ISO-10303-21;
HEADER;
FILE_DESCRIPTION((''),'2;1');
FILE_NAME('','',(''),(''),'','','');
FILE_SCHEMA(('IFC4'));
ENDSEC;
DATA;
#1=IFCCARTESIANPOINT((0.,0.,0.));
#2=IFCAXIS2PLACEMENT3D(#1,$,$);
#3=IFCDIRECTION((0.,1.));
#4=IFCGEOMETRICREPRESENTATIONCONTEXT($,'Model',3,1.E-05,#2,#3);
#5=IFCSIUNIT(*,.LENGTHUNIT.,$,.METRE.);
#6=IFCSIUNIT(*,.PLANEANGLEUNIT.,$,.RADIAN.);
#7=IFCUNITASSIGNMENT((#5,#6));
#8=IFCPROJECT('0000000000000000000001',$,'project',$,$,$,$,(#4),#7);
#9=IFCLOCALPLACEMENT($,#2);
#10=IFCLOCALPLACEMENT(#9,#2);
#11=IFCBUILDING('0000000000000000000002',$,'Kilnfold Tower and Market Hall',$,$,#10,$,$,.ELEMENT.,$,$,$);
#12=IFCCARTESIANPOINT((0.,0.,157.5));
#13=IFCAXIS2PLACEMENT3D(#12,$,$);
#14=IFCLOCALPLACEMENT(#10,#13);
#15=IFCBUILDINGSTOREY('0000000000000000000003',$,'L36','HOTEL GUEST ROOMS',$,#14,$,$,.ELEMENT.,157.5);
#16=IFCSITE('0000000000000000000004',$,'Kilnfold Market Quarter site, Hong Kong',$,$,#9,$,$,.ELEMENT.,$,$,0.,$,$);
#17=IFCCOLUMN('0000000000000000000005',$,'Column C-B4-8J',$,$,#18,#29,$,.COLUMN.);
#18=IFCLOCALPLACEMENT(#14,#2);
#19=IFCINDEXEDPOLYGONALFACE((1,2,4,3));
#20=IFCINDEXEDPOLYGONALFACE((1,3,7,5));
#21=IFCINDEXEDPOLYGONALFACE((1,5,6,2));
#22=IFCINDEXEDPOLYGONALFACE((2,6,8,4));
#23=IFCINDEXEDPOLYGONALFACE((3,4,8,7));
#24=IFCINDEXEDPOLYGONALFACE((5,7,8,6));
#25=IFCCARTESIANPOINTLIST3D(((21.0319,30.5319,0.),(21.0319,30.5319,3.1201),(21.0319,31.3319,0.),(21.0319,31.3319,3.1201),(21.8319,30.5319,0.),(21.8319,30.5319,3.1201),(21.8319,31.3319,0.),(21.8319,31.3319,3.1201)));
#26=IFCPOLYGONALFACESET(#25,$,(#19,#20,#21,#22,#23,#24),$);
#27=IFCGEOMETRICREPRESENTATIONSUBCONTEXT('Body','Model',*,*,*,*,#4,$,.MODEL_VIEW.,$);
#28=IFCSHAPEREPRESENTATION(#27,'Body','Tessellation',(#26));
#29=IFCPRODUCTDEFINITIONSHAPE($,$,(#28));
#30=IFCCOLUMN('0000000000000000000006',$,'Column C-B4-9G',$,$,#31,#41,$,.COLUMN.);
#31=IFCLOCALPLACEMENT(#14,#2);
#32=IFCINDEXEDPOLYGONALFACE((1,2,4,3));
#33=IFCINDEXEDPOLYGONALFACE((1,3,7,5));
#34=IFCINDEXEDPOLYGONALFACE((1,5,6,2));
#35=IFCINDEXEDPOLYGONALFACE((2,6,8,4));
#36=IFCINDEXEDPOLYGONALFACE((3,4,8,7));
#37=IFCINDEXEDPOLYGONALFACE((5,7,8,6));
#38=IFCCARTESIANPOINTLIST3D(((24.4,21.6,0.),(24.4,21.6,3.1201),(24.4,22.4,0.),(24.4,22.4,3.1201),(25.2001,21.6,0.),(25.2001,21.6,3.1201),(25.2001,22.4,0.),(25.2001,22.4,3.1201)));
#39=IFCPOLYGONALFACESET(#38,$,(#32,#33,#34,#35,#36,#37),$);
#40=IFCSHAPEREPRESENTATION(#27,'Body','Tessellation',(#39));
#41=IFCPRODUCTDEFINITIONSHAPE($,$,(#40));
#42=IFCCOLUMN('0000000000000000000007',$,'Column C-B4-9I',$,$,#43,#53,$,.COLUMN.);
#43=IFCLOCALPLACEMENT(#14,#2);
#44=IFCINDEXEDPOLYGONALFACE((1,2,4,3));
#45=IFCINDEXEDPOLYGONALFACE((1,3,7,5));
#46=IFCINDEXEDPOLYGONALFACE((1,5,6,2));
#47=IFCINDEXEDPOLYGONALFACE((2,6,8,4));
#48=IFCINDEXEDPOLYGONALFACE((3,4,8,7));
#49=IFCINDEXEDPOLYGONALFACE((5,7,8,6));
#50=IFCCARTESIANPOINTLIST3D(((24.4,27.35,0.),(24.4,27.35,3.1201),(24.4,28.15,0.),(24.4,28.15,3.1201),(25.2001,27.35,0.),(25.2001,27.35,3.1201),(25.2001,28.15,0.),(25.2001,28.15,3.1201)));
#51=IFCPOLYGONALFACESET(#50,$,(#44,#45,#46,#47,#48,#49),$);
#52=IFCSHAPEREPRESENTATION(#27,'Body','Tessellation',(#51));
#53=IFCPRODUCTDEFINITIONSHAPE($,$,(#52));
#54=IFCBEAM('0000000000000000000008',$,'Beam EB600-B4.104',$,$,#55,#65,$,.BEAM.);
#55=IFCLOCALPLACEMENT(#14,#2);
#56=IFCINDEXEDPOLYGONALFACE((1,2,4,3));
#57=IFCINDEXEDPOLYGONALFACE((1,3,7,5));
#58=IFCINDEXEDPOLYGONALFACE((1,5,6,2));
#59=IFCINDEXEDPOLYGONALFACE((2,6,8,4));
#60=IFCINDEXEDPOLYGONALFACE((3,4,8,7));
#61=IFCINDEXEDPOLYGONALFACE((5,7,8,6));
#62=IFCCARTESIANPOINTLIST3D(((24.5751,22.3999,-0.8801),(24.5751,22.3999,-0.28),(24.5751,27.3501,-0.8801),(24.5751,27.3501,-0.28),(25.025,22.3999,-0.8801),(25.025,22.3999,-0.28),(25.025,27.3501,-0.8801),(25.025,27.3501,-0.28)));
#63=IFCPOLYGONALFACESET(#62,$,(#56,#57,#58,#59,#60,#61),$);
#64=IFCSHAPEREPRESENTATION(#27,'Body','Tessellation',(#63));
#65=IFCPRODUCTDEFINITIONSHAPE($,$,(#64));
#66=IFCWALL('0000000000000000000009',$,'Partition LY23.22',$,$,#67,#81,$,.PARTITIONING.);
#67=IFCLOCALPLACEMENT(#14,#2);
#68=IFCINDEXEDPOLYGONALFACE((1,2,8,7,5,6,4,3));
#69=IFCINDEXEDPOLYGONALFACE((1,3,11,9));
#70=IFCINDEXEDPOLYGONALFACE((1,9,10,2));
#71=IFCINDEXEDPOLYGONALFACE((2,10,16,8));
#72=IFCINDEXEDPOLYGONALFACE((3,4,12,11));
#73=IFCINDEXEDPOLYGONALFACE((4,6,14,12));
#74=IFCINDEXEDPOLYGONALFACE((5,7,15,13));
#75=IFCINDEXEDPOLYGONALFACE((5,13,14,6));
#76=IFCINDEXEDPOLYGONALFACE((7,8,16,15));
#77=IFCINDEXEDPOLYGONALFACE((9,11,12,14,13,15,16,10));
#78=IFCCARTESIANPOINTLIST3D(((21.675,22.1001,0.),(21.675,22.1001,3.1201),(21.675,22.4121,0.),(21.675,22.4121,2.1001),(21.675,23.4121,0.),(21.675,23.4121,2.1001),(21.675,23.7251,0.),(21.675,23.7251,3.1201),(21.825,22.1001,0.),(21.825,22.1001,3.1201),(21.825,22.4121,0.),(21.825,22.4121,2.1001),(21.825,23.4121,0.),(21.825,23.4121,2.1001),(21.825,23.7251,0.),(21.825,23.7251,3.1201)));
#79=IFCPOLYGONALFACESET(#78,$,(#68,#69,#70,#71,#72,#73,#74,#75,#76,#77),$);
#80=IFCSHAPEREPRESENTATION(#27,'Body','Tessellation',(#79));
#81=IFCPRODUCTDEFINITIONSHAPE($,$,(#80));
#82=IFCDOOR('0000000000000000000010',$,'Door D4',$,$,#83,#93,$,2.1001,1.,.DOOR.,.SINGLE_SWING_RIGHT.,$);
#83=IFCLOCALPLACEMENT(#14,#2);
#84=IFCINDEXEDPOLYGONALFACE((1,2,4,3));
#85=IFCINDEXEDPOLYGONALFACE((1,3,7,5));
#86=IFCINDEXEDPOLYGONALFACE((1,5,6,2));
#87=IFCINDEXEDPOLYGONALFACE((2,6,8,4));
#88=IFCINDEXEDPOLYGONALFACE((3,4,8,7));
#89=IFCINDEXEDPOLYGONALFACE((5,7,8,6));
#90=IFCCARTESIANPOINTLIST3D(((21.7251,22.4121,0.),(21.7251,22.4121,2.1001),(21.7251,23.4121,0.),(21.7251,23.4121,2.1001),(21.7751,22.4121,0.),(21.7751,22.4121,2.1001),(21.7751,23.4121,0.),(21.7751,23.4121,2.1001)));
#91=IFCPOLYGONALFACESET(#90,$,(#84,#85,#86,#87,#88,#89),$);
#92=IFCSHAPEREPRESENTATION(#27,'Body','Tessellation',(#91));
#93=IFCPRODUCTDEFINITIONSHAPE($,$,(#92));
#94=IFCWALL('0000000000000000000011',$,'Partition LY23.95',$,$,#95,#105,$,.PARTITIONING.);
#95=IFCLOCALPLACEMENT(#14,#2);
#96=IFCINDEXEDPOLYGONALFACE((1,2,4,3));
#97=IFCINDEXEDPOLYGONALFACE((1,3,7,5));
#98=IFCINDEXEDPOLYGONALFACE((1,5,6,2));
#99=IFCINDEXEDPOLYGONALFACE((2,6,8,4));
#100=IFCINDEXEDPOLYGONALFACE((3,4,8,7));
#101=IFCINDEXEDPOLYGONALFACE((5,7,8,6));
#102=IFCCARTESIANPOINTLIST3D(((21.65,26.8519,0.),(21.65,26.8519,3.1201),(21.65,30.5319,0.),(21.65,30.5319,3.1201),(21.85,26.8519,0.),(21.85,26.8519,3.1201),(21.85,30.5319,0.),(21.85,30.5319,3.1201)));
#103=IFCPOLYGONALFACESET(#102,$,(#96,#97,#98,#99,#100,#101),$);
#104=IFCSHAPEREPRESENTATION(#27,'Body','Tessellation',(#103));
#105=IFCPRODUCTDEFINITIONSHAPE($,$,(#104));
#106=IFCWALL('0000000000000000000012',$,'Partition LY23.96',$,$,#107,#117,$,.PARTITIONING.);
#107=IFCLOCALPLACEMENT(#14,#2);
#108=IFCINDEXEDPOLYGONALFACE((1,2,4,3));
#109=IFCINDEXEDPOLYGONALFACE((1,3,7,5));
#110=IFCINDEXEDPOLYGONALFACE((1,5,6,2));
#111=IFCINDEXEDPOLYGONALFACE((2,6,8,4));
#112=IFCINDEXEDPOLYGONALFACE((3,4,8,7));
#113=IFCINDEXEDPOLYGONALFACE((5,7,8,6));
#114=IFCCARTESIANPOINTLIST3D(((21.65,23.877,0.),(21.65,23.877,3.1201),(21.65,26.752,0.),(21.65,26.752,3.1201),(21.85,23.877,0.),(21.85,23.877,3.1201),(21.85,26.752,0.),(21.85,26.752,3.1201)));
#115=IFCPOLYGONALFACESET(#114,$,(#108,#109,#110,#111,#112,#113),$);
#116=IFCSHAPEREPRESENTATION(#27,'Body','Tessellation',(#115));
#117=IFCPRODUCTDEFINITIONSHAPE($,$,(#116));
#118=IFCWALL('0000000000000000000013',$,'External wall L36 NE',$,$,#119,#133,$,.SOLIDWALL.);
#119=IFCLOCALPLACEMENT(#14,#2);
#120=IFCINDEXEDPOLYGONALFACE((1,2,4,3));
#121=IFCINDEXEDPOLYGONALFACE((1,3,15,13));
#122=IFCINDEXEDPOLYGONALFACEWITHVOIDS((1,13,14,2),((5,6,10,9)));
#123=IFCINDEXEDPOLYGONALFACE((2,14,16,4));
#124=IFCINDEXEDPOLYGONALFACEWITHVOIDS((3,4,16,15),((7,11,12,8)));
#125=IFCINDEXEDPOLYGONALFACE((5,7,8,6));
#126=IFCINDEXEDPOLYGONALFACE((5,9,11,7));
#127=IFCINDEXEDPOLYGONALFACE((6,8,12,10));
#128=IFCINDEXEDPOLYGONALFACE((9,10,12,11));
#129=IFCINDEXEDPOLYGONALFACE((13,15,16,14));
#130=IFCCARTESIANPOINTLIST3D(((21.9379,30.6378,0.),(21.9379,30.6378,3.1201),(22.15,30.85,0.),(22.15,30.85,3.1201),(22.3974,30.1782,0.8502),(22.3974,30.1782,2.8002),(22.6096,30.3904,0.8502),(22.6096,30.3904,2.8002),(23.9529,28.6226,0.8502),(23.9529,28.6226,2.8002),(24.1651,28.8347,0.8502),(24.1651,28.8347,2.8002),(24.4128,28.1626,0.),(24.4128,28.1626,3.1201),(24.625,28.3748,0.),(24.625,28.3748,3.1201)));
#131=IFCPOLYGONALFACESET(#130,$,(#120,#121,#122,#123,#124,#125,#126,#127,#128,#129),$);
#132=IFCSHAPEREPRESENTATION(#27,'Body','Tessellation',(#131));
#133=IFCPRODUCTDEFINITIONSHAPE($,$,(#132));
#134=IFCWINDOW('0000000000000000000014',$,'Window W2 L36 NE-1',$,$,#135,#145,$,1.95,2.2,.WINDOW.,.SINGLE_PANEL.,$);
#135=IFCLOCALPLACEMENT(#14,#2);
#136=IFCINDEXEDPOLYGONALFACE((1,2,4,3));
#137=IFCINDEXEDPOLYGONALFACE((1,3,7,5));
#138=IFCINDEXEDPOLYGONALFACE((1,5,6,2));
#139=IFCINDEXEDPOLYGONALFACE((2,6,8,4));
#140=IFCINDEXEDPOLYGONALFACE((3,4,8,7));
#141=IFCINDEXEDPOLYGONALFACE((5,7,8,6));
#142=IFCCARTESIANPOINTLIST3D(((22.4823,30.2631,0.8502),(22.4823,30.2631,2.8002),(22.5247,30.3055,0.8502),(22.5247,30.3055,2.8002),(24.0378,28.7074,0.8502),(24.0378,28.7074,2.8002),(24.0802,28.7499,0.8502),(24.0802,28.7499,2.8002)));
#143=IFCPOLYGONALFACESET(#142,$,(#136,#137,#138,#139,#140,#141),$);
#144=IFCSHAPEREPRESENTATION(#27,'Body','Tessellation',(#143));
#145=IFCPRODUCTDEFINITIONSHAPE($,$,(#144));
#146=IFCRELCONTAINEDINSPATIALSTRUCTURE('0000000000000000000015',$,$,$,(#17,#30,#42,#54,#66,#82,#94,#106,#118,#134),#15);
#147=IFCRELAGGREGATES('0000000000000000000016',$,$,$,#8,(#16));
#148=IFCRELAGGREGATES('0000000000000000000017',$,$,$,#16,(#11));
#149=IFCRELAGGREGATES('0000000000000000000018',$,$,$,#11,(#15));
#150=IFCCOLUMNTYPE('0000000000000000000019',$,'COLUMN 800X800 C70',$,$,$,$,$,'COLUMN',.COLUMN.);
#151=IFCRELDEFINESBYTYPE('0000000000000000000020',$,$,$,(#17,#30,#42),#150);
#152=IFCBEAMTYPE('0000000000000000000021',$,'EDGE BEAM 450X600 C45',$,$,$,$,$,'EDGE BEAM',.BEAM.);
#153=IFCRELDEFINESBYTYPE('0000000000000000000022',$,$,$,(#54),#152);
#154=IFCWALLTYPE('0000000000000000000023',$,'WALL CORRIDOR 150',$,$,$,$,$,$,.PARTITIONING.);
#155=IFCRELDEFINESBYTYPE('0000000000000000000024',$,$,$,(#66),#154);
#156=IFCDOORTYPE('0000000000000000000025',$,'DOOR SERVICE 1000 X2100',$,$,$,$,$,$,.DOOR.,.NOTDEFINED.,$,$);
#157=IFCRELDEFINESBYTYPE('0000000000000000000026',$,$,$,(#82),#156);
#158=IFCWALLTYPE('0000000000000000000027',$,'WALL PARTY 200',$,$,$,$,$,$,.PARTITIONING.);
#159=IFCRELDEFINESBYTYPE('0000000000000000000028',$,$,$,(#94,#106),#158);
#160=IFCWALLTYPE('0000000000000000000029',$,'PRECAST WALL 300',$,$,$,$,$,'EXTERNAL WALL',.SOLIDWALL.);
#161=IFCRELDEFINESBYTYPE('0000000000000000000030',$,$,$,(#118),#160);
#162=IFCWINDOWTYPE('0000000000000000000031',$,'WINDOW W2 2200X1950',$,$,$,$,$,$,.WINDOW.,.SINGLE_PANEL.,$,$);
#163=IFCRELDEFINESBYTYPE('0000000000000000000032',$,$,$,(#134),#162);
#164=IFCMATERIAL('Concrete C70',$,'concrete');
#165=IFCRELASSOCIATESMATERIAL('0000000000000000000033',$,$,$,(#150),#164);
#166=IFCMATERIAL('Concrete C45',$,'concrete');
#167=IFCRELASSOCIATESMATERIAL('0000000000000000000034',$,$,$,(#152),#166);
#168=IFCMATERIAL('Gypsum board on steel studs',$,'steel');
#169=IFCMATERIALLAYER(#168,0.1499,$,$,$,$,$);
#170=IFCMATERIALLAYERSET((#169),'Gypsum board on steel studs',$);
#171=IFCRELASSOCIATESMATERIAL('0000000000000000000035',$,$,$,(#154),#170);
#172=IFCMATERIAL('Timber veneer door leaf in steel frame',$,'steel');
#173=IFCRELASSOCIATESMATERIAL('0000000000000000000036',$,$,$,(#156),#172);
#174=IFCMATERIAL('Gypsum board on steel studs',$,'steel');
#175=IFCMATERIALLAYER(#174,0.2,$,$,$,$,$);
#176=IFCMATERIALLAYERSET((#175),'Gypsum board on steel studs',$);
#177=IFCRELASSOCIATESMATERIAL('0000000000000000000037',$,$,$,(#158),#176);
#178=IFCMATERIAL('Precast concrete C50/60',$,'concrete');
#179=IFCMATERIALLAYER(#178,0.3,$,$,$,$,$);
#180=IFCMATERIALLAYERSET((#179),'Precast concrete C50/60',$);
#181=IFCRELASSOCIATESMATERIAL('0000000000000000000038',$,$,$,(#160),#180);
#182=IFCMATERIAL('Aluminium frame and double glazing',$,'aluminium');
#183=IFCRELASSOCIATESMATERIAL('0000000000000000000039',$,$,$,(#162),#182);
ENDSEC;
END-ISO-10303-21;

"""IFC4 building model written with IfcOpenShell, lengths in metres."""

from ifc_helpers import new_model, si_unit, direction, frame, frame_2d, origin, origin_2d, place, context, subcontext, project, spatial, rectangle, extrude, source, transform, mapped, material, layer, layer_set, material_profile, profile_set, type_object, element, fill, save


model = new_model("IFC4")

# Units and contexts
model_context = context("Model", 3, precision=1e-05, world=origin(), true_north=direction((0.0, 1.0)))
body_context = subcontext(model_context, "Body", "Model", "MODEL_VIEW")
ifc_project = project(units=[si_unit("LENGTHUNIT", "METRE"), si_unit("PLANEANGLEUNIT", "RADIAN")], contexts=[model_context])

# Site, building, storey
site_placement = place(None, origin())
site = spatial("IfcSite", under=ifc_project, at=site_placement, Name="Kilnfold Market Quarter site, Hong Kong", CompositionType="ELEMENT", RefElevation=0.0)
building_placement = place(site_placement, origin())
building = spatial("IfcBuilding", under=site, at=building_placement, Name="Kilnfold Tower and Market Hall", CompositionType="ELEMENT")
storey_placement = place(building_placement, frame((0.0, 0.0, 157.5)))
storey = spatial("IfcBuildingStorey", under=building, at=storey_placement, Name="L36", Description="HOTEL GUEST ROOMS", CompositionType="ELEMENT", Elevation=157.5)

# Columns
ifc_material_1 = material(Name="Concrete C70", Category="concrete")
ifc_material_profile_1 = material_profile(ifc_material_1, rectangle(XDim=0.8, YDim=0.8, at=origin_2d()), Name="RC 800x800")
ifc_profile_set_1 = profile_set([ifc_material_profile_1], Name="Concrete C70")
column_type = type_object("IfcColumnType", Name="COLUMN 800X800 C70", ElementType="COLUMN", PredefinedType="COLUMN", material=ifc_profile_set_1)
shared_shape_1 = source(origin(), body_context, "Body", "SweptSolid", [
    extrude(rectangle(XDim=0.8, YDim=0.8, at=origin_2d()), origin(), (0.0, 0.0, 1.0), 3.1201),
])
for number, where, z_axis, x_axis, name in (
    (1, (21.4319, 30.9319, 0.0), (0.0, 0.0, 1.0), (1.0, 0.0, 0.0), "Column C-B4-8J"),
    (2, (24.8, 22.0, 0.0), (0.0, 0.0, 1.0), (1.0, 0.0, 0.0), "Column C-B4-9G"),
    (3, (24.8, 27.75, 0.0), (0.0, 0.0, 1.0), (1.0, 0.0, 0.0), "Column C-B4-9I"),
):
    element("IfcColumn", number, at=place(storey_placement, frame(where, z_axis=z_axis, x_axis=x_axis)), inside=storey, type_object=column_type, Name=name, PredefinedType="COLUMN", context=body_context, shape_type="MappedRepresentation", body=[
        mapped(shared_shape_1, transform((0.0, 0.0, 0.0))),
    ])

# Beam
ifc_material_2 = material(Name="Concrete C45", Category="concrete")
ifc_material_profile_2 = material_profile(ifc_material_2, rectangle(XDim=0.45, YDim=0.6001, at=origin_2d()), Name="RC 450x600")
ifc_profile_set_2 = profile_set([ifc_material_profile_2], Name="Concrete C45")
beam_type = type_object("IfcBeamType", Name="EDGE BEAM 450X600 C45", ElementType="EDGE BEAM", PredefinedType="BEAM", material=ifc_profile_set_2)
shared_shape_2 = source(origin(), body_context, "Body", "SweptSolid", [
    extrude(rectangle(XDim=0.45, YDim=0.6001, at=origin_2d()), origin(), (0.0, 0.0, 1.0), 4.9502),
])
beam_placement = place(storey_placement, frame((24.8, 22.3999, -0.5801), z_axis=(0.0, 1.0, 0.0), x_axis=(-1.0, 0.0, 0.0)))
element("IfcBeam", 4, at=beam_placement, inside=storey, type_object=beam_type, Name="Beam EB600-B4.104", PredefinedType="BEAM", context=body_context, shape_type="MappedRepresentation", body=[
    mapped(shared_shape_2, transform((0.0, 0.0, 0.0))),
])

# Wall, opening, door
ifc_material_3 = material(Name="Gypsum board on steel studs", Category="steel")
ifc_layer_1 = layer(ifc_material_3, 0.1499)
ifc_layer_set_1 = layer_set([ifc_layer_1], Name="Gypsum board on steel studs")
wall_type_1 = type_object("IfcWallType", Name="WALL CORRIDOR 150", PredefinedType="PARTITIONING", material=ifc_layer_set_1)
wall_1_placement = place(storey_placement, frame((21.75, 22.1001, 0.0), z_axis=(0.0, 0.0, 1.0), x_axis=(0.0, 1.0, 0.0)))
wall_1 = element("IfcWall", 5, at=wall_1_placement, inside=storey, type_object=wall_type_1, Name="Partition LY23.22", PredefinedType="PARTITIONING", context=body_context, shape_type="SweptSolid", body=[
    extrude(rectangle(XDim=1.625, YDim=0.1499, at=frame_2d((0.8125, 0.0))), origin(), (0.0, 0.0, 1.0), 3.1201),
])
opening_1_placement = place(wall_1_placement, frame((0.312, 0.0, 0.0)))
opening_1 = element("IfcOpeningElement", 6, at=opening_1_placement, cuts=wall_1, PredefinedType="OPENING", context=body_context, shape_type="SweptSolid", body=[
    extrude(rectangle(XDim=1.0, YDim=2.1001, at=frame_2d((0.5, 1.05))), frame((0.0, 0.085, 0.0), z_axis=(0.0, -1.0, 0.0), x_axis=(1.0, 0.0, 0.0)), (0.0, 0.0, 1.0), 0.1699),
])
ifc_material_4 = material(Name="Timber veneer door leaf in steel frame", Category="steel")
door_type_1 = type_object("IfcDoorType", Name="DOOR SERVICE 1000 X2100", OperationType="NOTDEFINED", PredefinedType="DOOR", material=ifc_material_4)
door_1_placement = place(opening_1_placement, origin())
door_1 = element("IfcDoor", 7, at=door_1_placement, inside=storey, type_object=door_type_1, Name="Door D4", OperationType="SINGLE_SWING_RIGHT", OverallHeight=2.1001, OverallWidth=1.0, PredefinedType="DOOR", context=body_context, shape_type="SweptSolid", body=[
    extrude(rectangle(XDim=1.0, YDim=2.1001, at=frame_2d((0.5, 1.05))), frame((0.0, 0.0249, 0.0), z_axis=(0.0, -1.0, 0.0), x_axis=(1.0, 0.0, 0.0)), (0.0, 0.0, 1.0), 0.05),
])
fill(opening_1, door_1)

# Walls
ifc_material_5 = material(Name="Gypsum board on steel studs", Category="steel")
ifc_layer_2 = layer(ifc_material_5, 0.2)
ifc_layer_set_2 = layer_set([ifc_layer_2], Name="Gypsum board on steel studs")
wall_type_2 = type_object("IfcWallType", Name="WALL PARTY 200", PredefinedType="PARTITIONING", material=ifc_layer_set_2)
wall_2_placement = place(storey_placement, frame((21.75, 26.8521, 0.0), z_axis=(0.0, 0.0, 1.0), x_axis=(0.0, 1.0, 0.0)))
element("IfcWall", 8, at=wall_2_placement, inside=storey, type_object=wall_type_2, Name="Partition LY23.95", PredefinedType="PARTITIONING", context=body_context, shape_type="SweptSolid", body=[
    extrude(rectangle(XDim=3.6799, YDim=0.2, at=frame_2d((1.8398, 0.0))), origin(), (0.0, 0.0, 1.0), 3.1201),
])
wall_3_placement = place(storey_placement, frame((21.75, 23.877, 0.0), z_axis=(0.0, 0.0, 1.0), x_axis=(0.0, 1.0, 0.0)))
element("IfcWall", 9, at=wall_3_placement, inside=storey, type_object=wall_type_2, Name="Partition LY23.96", PredefinedType="PARTITIONING", context=body_context, shape_type="SweptSolid", body=[
    extrude(rectangle(XDim=2.875, YDim=0.2, at=frame_2d((1.4375, 0.0))), origin(), (0.0, 0.0, 1.0), 3.1201),
])

# Wall, opening, window
ifc_material_6 = material(Name="Precast concrete C50/60", Category="concrete")
ifc_layer_3 = layer(ifc_material_6, 0.3)
ifc_layer_set_3 = layer_set([ifc_layer_3], Name="Precast concrete C50/60")
wall_type_3 = type_object("IfcWallType", Name="PRECAST WALL 300", ElementType="EXTERNAL WALL", PredefinedType="SOLIDWALL", material=ifc_layer_set_3)
shared_shape_3 = source(origin(), body_context, "Body", "SweptSolid", [
    extrude(rectangle(XDim=3.5002, YDim=0.3, at=frame_2d((1.75, 0.0))), origin(), (0.0, 0.0, 1.0), 3.1201),
])
wall_4_placement = place(storey_placement, frame((24.5188, 28.2688, 0.0), z_axis=(0.0, 0.0, 1.0), x_axis=(-0.707072, 0.707142, 0.0)))
wall_4 = element("IfcWall", 10, at=wall_4_placement, inside=storey, type_object=wall_type_3, Name="External wall L36 NE", PredefinedType="SOLIDWALL", context=body_context, shape_type="MappedRepresentation", body=[
    mapped(shared_shape_3, transform((0.0, 0.0, 0.0))),
])
opening_2_placement = place(wall_4_placement, frame((0.6501, 0.0, 0.8501)))
opening_2 = element("IfcOpeningElement", 11, at=opening_2_placement, cuts=wall_4, PredefinedType="OPENING", context=body_context, shape_type="SweptSolid", body=[
    extrude(rectangle(XDim=2.2, YDim=1.95, at=frame_2d((1.1001, 0.9751))), frame((0.0, 0.1602, 0.0), z_axis=(0.0, -1.0, 0.0), x_axis=(1.0, 0.0, 0.0)), (0.0, 0.0, 1.0), 0.3201),
])
ifc_material_7 = material(Name="Aluminium frame and double glazing", Category="aluminium")
window_type_1 = type_object("IfcWindowType", Name="WINDOW W2 2200X1950", PartitioningType="SINGLE_PANEL", PredefinedType="WINDOW", material=ifc_material_7)
window_1_placement = place(opening_2_placement, origin())
window_1 = element("IfcWindow", 12, at=window_1_placement, inside=storey, type_object=window_type_1, Name="Window W2 L36 NE-1", OverallHeight=1.95, OverallWidth=2.2, PartitioningType="SINGLE_PANEL", PredefinedType="WINDOW", context=body_context, shape_type="SweptSolid", body=[
    extrude(rectangle(XDim=2.2, YDim=1.95, at=frame_2d((1.1001, 0.9751))), frame((0.0, 0.03, 0.0), z_axis=(0.0, -1.0, 0.0), x_axis=(1.0, 0.0, 0.0)), (0.0, 0.0, 1.0), 0.0601),
])
fill(opening_2, window_1)

save(model, "model.ifc")
